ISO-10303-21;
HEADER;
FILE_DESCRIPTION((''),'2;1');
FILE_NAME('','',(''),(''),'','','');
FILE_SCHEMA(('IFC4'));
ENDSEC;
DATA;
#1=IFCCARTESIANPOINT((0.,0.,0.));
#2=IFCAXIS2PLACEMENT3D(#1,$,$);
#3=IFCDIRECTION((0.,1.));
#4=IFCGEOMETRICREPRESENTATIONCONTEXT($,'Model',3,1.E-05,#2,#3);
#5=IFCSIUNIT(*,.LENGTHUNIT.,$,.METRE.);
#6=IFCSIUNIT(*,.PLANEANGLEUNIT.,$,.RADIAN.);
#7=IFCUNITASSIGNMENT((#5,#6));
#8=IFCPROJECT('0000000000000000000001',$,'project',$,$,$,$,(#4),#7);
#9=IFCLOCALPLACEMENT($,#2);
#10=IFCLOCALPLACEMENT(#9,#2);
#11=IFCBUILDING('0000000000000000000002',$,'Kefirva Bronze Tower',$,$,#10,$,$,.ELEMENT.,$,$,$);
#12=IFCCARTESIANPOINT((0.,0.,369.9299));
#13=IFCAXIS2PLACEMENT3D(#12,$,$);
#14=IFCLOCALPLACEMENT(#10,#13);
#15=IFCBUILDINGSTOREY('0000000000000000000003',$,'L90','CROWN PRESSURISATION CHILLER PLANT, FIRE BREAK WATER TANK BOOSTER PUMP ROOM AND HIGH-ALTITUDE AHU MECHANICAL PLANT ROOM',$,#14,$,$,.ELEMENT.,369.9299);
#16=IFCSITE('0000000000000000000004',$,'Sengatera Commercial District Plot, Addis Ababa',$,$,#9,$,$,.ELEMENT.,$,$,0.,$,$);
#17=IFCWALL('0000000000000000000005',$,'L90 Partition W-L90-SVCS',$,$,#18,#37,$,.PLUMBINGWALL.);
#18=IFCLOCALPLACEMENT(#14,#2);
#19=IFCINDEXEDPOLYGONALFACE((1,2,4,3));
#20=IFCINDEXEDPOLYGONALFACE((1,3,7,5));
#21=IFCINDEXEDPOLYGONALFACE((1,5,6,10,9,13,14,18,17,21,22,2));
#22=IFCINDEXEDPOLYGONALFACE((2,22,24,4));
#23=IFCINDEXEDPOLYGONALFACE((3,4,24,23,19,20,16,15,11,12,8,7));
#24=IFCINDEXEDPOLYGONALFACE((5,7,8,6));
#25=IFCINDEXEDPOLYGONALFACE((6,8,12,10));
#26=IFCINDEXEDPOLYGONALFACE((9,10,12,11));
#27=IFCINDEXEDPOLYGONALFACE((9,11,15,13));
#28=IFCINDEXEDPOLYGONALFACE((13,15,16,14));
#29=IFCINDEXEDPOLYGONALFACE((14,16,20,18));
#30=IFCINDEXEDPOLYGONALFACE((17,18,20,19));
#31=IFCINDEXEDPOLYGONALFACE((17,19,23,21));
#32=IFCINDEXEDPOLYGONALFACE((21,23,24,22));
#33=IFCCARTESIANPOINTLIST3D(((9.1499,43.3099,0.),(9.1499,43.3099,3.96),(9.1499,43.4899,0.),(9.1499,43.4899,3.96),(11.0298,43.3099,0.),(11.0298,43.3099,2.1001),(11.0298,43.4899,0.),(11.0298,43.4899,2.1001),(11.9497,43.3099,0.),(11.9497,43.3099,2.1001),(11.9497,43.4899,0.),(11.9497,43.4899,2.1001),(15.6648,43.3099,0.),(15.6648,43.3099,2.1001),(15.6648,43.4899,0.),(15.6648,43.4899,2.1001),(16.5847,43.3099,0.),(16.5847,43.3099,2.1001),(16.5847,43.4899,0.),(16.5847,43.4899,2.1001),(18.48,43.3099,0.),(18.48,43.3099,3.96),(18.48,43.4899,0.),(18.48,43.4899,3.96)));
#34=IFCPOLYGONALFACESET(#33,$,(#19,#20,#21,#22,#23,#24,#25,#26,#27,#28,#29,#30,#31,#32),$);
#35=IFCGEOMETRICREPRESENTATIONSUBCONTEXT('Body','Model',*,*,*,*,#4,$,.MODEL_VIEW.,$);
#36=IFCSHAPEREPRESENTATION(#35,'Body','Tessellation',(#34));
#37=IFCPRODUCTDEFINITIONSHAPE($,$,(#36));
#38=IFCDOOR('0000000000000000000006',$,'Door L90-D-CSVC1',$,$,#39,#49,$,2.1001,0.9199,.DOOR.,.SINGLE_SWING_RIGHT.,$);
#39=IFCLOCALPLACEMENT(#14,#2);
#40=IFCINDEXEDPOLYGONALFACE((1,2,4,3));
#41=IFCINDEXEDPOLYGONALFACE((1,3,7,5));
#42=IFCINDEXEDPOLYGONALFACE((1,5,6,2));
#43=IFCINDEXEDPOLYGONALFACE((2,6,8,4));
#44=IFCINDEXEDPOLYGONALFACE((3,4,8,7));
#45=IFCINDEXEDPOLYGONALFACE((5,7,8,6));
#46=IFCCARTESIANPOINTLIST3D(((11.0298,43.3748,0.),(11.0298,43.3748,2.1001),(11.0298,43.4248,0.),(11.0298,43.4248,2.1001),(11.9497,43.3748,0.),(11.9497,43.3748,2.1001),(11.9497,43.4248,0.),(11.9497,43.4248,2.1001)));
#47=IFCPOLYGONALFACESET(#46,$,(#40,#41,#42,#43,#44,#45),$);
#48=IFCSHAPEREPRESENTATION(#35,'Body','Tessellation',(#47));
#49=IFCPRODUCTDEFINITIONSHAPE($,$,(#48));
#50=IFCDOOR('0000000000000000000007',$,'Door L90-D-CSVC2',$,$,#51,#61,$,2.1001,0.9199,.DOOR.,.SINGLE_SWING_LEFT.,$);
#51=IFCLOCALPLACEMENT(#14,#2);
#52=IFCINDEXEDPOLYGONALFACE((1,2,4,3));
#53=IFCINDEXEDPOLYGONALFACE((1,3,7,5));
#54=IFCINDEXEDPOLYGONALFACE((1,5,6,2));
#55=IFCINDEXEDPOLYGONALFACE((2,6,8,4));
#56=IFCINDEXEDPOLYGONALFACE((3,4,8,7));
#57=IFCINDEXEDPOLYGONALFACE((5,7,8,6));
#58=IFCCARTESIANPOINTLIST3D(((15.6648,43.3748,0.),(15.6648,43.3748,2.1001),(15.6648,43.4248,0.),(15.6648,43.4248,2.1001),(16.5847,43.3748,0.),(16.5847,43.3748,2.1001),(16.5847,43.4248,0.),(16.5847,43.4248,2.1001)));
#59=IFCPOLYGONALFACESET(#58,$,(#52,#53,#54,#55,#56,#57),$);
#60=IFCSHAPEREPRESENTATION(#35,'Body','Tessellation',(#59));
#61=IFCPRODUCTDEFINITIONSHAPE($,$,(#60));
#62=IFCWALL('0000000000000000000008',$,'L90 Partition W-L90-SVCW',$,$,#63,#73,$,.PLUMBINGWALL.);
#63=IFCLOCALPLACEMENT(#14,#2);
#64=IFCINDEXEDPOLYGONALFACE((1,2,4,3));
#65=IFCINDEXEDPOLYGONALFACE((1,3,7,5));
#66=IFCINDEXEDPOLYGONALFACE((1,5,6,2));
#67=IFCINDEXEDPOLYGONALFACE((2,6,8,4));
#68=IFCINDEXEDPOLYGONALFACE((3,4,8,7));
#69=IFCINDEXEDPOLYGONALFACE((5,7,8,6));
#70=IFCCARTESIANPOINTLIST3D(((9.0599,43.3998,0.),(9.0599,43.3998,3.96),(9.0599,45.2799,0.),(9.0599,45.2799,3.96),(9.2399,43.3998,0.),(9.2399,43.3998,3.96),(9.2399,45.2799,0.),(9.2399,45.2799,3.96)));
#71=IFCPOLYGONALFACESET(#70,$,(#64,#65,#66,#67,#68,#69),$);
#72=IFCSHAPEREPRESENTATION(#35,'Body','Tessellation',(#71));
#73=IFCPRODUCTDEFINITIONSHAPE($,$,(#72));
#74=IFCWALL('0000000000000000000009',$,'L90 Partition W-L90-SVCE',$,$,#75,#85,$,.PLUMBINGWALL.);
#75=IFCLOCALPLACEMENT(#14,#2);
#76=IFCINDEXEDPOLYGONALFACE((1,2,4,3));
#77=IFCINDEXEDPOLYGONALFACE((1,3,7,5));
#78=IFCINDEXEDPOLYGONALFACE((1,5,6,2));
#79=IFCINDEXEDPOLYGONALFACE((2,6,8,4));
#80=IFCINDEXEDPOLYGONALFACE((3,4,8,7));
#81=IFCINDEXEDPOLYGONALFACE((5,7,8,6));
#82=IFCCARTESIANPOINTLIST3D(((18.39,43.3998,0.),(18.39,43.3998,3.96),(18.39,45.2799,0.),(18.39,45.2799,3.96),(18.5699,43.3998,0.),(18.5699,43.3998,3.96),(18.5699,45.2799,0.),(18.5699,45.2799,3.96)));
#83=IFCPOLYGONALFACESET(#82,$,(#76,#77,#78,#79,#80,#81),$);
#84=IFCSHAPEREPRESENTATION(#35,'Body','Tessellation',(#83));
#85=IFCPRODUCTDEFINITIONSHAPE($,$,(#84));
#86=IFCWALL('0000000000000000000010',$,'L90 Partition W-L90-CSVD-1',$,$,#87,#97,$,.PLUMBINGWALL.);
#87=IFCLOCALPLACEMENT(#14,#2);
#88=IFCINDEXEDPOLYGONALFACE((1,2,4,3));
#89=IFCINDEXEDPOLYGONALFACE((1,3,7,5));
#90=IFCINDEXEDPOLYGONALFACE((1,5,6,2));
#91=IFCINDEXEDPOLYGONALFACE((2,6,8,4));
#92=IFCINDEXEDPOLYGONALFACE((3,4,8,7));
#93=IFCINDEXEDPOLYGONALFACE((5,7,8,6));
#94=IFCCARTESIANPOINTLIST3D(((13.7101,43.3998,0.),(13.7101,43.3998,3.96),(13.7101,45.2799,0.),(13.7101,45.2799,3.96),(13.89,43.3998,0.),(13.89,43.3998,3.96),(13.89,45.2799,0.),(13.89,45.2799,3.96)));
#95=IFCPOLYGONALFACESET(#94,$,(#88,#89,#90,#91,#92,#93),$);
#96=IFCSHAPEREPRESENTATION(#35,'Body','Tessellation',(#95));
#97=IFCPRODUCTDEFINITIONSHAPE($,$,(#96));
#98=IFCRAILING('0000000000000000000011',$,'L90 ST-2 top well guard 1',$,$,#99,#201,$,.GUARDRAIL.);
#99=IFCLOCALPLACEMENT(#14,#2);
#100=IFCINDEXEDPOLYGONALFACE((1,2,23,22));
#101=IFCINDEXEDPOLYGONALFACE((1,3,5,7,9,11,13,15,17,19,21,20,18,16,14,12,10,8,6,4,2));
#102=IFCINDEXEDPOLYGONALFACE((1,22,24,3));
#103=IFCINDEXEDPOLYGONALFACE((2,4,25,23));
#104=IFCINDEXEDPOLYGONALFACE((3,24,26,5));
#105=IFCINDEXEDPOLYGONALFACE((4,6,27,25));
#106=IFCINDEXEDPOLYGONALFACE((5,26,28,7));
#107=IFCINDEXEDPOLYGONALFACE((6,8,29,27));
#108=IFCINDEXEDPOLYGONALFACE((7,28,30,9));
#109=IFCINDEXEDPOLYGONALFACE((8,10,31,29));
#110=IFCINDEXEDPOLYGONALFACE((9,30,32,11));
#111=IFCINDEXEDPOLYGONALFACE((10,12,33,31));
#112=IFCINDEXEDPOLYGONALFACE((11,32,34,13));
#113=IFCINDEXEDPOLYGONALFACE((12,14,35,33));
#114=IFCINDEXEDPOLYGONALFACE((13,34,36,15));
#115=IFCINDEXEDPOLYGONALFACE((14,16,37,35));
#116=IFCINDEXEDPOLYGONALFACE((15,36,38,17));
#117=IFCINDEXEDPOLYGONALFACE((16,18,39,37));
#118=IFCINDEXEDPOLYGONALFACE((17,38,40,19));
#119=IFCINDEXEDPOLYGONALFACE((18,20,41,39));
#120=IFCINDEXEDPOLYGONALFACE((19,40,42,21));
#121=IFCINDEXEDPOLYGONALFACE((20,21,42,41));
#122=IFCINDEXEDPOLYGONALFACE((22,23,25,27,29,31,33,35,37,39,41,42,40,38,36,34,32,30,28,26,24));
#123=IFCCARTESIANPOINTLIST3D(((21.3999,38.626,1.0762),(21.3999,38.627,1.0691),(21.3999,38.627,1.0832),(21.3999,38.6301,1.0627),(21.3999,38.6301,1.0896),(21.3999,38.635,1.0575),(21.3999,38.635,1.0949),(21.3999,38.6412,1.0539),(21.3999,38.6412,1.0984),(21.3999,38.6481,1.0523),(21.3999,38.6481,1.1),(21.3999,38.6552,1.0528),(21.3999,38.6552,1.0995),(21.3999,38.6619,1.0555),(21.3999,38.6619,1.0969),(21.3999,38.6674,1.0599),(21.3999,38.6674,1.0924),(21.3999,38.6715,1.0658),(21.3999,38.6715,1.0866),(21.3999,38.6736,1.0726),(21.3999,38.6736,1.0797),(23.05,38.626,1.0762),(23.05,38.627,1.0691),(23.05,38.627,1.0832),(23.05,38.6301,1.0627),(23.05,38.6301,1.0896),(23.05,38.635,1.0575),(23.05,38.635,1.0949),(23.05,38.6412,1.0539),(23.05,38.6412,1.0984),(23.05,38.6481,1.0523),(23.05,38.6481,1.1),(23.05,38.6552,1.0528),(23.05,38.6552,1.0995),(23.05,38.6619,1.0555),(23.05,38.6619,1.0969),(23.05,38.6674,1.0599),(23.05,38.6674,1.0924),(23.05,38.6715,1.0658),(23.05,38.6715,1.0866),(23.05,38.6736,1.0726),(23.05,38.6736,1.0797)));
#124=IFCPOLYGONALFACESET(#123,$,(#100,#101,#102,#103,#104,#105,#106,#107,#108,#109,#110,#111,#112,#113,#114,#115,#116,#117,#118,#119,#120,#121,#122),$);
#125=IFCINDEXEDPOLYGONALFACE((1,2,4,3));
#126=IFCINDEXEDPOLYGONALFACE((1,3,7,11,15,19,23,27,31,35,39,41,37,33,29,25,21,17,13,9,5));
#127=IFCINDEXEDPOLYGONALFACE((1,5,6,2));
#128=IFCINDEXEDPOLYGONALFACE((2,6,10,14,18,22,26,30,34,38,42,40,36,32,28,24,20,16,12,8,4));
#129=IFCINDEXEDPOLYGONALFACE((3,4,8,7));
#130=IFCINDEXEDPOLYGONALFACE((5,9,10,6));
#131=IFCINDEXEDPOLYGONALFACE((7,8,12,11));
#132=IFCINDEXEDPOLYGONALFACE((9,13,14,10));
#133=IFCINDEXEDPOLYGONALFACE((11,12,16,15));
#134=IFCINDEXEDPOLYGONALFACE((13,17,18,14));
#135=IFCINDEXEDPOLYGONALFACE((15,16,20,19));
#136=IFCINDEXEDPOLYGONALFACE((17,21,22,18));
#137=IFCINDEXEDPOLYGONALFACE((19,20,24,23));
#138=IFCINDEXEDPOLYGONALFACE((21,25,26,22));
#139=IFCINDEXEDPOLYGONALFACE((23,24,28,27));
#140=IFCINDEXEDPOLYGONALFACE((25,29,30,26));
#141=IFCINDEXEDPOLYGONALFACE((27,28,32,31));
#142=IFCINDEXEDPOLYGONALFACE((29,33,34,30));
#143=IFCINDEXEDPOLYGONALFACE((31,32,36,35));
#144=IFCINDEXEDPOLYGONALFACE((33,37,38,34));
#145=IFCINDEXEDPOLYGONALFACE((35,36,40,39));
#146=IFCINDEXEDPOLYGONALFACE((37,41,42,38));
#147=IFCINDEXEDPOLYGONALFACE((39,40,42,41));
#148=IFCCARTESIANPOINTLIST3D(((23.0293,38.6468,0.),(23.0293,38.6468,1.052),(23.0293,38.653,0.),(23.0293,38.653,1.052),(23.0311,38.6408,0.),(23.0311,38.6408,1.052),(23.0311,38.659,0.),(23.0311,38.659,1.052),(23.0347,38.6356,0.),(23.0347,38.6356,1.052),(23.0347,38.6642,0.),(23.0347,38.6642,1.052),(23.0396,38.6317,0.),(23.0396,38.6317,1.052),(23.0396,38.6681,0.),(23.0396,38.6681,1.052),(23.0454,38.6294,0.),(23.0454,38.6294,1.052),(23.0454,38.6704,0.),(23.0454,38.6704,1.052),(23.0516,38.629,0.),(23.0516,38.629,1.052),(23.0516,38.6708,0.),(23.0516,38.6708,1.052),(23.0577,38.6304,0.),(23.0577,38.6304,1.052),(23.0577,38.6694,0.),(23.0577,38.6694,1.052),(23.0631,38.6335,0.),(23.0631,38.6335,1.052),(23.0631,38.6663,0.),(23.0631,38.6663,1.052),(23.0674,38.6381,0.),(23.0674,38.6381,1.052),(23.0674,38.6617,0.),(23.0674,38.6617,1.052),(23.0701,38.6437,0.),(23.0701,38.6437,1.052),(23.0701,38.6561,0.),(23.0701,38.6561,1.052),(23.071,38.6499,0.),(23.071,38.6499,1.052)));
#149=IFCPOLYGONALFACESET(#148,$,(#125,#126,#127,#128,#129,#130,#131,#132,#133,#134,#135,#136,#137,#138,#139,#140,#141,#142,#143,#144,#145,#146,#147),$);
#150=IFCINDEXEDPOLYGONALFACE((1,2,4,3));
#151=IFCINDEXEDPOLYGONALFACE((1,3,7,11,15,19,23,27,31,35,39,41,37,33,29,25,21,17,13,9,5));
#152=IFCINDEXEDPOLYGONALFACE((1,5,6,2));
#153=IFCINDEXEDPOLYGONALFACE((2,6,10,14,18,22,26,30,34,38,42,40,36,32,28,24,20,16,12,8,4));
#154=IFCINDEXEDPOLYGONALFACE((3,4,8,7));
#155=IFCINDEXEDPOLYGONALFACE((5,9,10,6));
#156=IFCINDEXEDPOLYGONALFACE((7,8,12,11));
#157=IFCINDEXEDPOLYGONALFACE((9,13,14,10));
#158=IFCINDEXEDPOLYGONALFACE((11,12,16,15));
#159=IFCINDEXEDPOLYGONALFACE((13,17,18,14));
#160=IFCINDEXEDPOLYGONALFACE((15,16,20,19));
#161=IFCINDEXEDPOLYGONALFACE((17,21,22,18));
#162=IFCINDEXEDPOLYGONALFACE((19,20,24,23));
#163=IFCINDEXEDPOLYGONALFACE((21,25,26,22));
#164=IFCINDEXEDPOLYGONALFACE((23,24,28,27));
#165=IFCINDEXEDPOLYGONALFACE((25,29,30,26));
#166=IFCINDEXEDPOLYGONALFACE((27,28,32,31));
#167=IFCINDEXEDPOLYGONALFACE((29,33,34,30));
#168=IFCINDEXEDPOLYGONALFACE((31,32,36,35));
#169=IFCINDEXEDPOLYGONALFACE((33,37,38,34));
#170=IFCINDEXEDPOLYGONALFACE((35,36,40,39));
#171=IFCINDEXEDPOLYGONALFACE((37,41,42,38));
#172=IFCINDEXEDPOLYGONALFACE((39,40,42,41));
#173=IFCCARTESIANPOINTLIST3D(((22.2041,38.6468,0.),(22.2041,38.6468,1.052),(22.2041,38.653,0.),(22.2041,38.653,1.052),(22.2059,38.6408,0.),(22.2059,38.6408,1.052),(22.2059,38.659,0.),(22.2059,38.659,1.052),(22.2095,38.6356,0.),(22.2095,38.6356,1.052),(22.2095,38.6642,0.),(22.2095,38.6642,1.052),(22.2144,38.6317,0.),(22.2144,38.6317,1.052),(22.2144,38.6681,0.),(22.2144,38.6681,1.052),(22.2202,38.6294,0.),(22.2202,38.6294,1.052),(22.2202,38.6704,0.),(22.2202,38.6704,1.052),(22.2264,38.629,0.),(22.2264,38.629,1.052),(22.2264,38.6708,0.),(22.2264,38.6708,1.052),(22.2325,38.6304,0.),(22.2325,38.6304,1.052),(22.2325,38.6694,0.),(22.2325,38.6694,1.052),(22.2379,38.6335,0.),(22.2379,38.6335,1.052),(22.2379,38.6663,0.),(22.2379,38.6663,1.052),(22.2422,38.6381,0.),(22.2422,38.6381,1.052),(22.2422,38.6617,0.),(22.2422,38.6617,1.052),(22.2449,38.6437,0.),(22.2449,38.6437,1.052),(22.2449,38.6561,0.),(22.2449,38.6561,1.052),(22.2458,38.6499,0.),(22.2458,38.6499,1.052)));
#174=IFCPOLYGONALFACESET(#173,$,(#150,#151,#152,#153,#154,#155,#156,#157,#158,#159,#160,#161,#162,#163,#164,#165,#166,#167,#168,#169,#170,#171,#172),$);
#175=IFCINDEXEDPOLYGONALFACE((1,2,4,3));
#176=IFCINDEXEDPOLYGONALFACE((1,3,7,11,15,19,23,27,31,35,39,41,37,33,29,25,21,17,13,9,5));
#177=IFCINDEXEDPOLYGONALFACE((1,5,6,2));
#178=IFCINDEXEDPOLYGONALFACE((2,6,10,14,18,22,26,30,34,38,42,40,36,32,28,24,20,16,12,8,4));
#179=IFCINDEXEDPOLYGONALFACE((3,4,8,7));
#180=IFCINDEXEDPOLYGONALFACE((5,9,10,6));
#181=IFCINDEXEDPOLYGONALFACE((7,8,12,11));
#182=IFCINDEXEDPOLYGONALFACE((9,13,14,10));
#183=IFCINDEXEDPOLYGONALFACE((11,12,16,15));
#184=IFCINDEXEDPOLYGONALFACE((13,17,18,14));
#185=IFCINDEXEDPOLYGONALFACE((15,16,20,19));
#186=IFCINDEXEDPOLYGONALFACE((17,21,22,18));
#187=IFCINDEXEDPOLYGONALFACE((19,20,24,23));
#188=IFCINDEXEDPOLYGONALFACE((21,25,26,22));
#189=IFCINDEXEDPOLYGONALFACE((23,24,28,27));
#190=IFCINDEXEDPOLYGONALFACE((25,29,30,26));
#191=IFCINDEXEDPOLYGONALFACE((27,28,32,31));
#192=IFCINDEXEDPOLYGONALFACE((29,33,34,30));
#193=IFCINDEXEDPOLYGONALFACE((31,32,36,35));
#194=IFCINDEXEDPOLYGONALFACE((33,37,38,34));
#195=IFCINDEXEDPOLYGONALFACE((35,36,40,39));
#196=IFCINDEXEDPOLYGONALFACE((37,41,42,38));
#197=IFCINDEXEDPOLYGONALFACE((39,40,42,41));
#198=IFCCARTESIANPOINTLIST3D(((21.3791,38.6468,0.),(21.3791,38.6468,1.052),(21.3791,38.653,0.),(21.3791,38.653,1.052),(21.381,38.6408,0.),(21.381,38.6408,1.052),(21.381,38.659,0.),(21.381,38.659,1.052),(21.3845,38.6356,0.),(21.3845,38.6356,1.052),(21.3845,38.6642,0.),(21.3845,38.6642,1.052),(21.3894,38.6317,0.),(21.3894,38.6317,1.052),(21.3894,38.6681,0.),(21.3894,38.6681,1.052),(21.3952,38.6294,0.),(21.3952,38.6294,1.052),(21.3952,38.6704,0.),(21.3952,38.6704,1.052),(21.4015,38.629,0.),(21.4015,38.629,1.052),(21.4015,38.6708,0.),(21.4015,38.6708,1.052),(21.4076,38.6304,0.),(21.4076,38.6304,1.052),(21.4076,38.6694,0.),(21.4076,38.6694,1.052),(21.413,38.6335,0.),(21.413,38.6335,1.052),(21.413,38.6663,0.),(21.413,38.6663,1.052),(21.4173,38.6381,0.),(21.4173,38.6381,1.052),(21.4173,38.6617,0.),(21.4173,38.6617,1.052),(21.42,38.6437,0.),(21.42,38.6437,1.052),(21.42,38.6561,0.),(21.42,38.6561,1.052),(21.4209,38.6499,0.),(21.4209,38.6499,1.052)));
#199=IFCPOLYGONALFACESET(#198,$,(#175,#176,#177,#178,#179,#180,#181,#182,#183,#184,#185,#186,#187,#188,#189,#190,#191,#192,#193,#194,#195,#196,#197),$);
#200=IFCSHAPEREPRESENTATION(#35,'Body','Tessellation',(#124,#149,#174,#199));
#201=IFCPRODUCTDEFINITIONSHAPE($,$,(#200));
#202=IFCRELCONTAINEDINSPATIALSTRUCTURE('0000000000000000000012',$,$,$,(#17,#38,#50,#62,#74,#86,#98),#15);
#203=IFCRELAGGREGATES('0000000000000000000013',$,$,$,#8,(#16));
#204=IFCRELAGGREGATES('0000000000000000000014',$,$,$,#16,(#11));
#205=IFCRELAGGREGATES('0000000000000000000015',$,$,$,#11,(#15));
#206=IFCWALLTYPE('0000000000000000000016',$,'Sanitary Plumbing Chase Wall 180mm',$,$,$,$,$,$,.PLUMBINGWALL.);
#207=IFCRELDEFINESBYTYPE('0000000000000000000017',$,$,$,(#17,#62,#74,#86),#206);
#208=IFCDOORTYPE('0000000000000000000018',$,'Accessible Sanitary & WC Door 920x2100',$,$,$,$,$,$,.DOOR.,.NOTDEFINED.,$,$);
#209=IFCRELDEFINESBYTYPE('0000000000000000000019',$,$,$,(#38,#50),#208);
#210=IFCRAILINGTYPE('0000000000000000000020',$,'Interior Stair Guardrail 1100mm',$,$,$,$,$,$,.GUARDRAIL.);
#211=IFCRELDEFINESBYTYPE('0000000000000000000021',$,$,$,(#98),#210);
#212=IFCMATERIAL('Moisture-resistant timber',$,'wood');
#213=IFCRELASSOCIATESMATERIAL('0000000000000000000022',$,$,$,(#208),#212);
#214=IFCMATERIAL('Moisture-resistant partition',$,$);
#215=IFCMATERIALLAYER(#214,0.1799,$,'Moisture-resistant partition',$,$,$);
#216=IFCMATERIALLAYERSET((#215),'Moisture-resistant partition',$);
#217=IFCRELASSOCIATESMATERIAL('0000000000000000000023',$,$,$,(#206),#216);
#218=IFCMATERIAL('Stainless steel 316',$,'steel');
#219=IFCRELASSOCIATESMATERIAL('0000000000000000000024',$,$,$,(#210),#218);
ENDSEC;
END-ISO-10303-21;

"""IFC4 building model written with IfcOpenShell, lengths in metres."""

from ifc_helpers import new_model, si_unit, direction, frame, frame_2d, origin, origin_2d, place, context, subcontext, project, spatial, rectangle, circle, extrude, material, layer, layer_set, type_object, element, fill, save


model = new_model("IFC4")

# Units and contexts
model_context = context("Model", 3, precision=1e-05, world=origin(), true_north=direction((0.0, 1.0)))
body_context = subcontext(model_context, "Body", "Model", "MODEL_VIEW")
ifc_project = project(units=[si_unit("LENGTHUNIT", "METRE"), si_unit("PLANEANGLEUNIT", "RADIAN")], contexts=[model_context])

# Site, building, storey
site_placement = place(None, origin())
site = spatial("IfcSite", under=ifc_project, at=site_placement, Name="Sengatera Commercial District Plot, Addis Ababa", CompositionType="ELEMENT", RefElevation=0.0)
building_placement = place(site_placement, origin())
building = spatial("IfcBuilding", under=site, at=building_placement, Name="Kefirva Bronze Tower", CompositionType="ELEMENT")
storey_placement = place(building_placement, frame((0.0, 0.0, 369.9299)))
storey = spatial("IfcBuildingStorey", under=building, at=storey_placement, Name="L90", Description="CROWN PRESSURISATION CHILLER PLANT, FIRE BREAK WATER TANK BOOSTER PUMP ROOM AND HIGH-ALTITUDE AHU MECHANICAL PLANT ROOM", CompositionType="ELEMENT", Elevation=369.9299)

# Shared definitions
ifc_material_1 = material(Name="Moisture-resistant timber", Category="wood")
door_type_1 = type_object("IfcDoorType", Name="Accessible Sanitary & WC Door 920x2100", OperationType="NOTDEFINED", PredefinedType="DOOR", material=ifc_material_1)

# Wall, openings, doors
ifc_material_2 = material(Name="Moisture-resistant partition")
ifc_layer_1 = layer(ifc_material_2, 0.1799, Name="Moisture-resistant partition")
ifc_layer_set_1 = layer_set([ifc_layer_1], Name="Moisture-resistant partition")
wall_type_1 = type_object("IfcWallType", Name="Sanitary Plumbing Chase Wall 180mm", PredefinedType="PLUMBINGWALL", material=ifc_layer_set_1)
wall_1_placement = place(storey_placement, frame((9.1499, 43.3999, 0.0), z_axis=(0.0, 0.0, 1.0), x_axis=(1.0, 0.0, 0.0)))
wall_1 = element("IfcWall", 1, at=wall_1_placement, inside=storey, type_object=wall_type_1, Name="L90 Partition W-L90-SVCS", PredefinedType="PLUMBINGWALL", context=body_context, shape_type="SweptSolid", body=[
    extrude(rectangle(XDim=9.3301, YDim=0.1799, at=frame_2d((4.665, 0.0))), origin(), (0.0, 0.0, 1.0), 3.96),
])
opening_1_placement = place(wall_1_placement, frame((1.8799, 0.0, 0.0)))
opening_1 = element("IfcOpeningElement", 2, at=opening_1_placement, cuts=wall_1, PredefinedType="OPENING", context=body_context, shape_type="SweptSolid", body=[
    extrude(rectangle(XDim=0.9199, YDim=2.1001, at=frame_2d((0.46, 1.05))), frame((0.0, 0.1001, 0.0), z_axis=(0.0, -1.0, 0.0), x_axis=(1.0, 0.0, 0.0)), (0.0, 0.0, 1.0), 0.2),
])
opening_2_placement = place(wall_1_placement, frame((6.5149, 0.0, 0.0)))
opening_2 = element("IfcOpeningElement", 3, at=opening_2_placement, cuts=wall_1, PredefinedType="OPENING", context=body_context, shape_type="SweptSolid", body=[
    extrude(rectangle(XDim=0.9199, YDim=2.1001, at=frame_2d((0.46, 1.05))), frame((0.0, 0.1001, 0.0), z_axis=(0.0, -1.0, 0.0), x_axis=(1.0, 0.0, 0.0)), (0.0, 0.0, 1.0), 0.2),
])
door_1_placement = place(opening_1_placement, origin())
door_1 = element("IfcDoor", 4, at=door_1_placement, inside=storey, type_object=door_type_1, Name="Door L90-D-CSVC1", OperationType="SINGLE_SWING_RIGHT", OverallHeight=2.1001, OverallWidth=0.9199, PredefinedType="DOOR", context=body_context, shape_type="SweptSolid", body=[
    extrude(rectangle(XDim=0.9199, YDim=2.1001, at=frame_2d((0.46, 1.05))), frame((0.0, 0.0249, 0.0), z_axis=(0.0, -1.0, 0.0), x_axis=(1.0, 0.0, 0.0)), (0.0, 0.0, 1.0), 0.05),
])
fill(opening_1, door_1)
door_2_placement = place(opening_2_placement, origin())
door_2 = element("IfcDoor", 5, at=door_2_placement, inside=storey, type_object=door_type_1, Name="Door L90-D-CSVC2", OperationType="SINGLE_SWING_LEFT", OverallHeight=2.1001, OverallWidth=0.9199, PredefinedType="DOOR", context=body_context, shape_type="SweptSolid", body=[
    extrude(rectangle(XDim=0.9199, YDim=2.1001, at=frame_2d((0.46, 1.05))), frame((0.0, 0.0249, 0.0), z_axis=(0.0, -1.0, 0.0), x_axis=(1.0, 0.0, 0.0)), (0.0, 0.0, 1.0), 0.05),
])
fill(opening_2, door_2)

# Walls
for number, where, z_axis, x_axis, name in (
    (6, (9.1499, 43.3999, 0.0), (0.0, 0.0, 1.0), (0.0, 1.0, 0.0), "L90 Partition W-L90-SVCW"),
    (7, (18.48, 43.3999, 0.0), (0.0, 0.0, 1.0), (0.0, 1.0, 0.0), "L90 Partition W-L90-SVCE"),
    (8, (13.8, 43.3999, 0.0), (0.0, 0.0, 1.0), (0.0, 1.0, 0.0), "L90 Partition W-L90-CSVD-1"),
):
    element("IfcWall", number, at=place(storey_placement, frame(where, z_axis=z_axis, x_axis=x_axis)), inside=storey, type_object=wall_type_1, Name=name, PredefinedType="PLUMBINGWALL", context=body_context, shape_type="SweptSolid", body=[
        extrude(rectangle(XDim=1.8801, YDim=0.1799, at=frame_2d((0.9399, 0.0))), origin(), (0.0, 0.0, 1.0), 3.96),
    ])

# Railing
ifc_material_3 = material(Name="Stainless steel 316", Category="steel")
railing_type = type_object("IfcRailingType", Name="Interior Stair Guardrail 1100mm", PredefinedType="GUARDRAIL", material=ifc_material_3)
railing_1_placement = place(storey_placement, frame((23.05, 38.6499, 0.0)))
element("IfcRailing", 9, at=railing_1_placement, inside=storey, type_object=railing_type, Name="L90 ST-2 top well guard 1", PredefinedType="GUARDRAIL", context=body_context, shape_type="SweptSolid", body=[
    extrude(circle(Radius=0.0239, at=origin_2d()), frame((0.0, 0.0, 1.0762), z_axis=(-1.0, 0.0, 0.0), x_axis=(0.0, -1.0, 0.0)), (0.0, 0.0, 1.0), 1.6501),
    extrude(circle(Radius=0.021, at=origin_2d()), origin(), (0.0, 0.0, 1.0), 1.052),
    extrude(circle(Radius=0.021, at=origin_2d()), frame((-0.8252, 0.0, 0.0)), (0.0, 0.0, 1.0), 1.052),
    extrude(circle(Radius=0.021, at=origin_2d()), frame((-1.6501, 0.0, 0.0)), (0.0, 0.0, 1.0), 1.052),
])

save(model, "model.ifc")
